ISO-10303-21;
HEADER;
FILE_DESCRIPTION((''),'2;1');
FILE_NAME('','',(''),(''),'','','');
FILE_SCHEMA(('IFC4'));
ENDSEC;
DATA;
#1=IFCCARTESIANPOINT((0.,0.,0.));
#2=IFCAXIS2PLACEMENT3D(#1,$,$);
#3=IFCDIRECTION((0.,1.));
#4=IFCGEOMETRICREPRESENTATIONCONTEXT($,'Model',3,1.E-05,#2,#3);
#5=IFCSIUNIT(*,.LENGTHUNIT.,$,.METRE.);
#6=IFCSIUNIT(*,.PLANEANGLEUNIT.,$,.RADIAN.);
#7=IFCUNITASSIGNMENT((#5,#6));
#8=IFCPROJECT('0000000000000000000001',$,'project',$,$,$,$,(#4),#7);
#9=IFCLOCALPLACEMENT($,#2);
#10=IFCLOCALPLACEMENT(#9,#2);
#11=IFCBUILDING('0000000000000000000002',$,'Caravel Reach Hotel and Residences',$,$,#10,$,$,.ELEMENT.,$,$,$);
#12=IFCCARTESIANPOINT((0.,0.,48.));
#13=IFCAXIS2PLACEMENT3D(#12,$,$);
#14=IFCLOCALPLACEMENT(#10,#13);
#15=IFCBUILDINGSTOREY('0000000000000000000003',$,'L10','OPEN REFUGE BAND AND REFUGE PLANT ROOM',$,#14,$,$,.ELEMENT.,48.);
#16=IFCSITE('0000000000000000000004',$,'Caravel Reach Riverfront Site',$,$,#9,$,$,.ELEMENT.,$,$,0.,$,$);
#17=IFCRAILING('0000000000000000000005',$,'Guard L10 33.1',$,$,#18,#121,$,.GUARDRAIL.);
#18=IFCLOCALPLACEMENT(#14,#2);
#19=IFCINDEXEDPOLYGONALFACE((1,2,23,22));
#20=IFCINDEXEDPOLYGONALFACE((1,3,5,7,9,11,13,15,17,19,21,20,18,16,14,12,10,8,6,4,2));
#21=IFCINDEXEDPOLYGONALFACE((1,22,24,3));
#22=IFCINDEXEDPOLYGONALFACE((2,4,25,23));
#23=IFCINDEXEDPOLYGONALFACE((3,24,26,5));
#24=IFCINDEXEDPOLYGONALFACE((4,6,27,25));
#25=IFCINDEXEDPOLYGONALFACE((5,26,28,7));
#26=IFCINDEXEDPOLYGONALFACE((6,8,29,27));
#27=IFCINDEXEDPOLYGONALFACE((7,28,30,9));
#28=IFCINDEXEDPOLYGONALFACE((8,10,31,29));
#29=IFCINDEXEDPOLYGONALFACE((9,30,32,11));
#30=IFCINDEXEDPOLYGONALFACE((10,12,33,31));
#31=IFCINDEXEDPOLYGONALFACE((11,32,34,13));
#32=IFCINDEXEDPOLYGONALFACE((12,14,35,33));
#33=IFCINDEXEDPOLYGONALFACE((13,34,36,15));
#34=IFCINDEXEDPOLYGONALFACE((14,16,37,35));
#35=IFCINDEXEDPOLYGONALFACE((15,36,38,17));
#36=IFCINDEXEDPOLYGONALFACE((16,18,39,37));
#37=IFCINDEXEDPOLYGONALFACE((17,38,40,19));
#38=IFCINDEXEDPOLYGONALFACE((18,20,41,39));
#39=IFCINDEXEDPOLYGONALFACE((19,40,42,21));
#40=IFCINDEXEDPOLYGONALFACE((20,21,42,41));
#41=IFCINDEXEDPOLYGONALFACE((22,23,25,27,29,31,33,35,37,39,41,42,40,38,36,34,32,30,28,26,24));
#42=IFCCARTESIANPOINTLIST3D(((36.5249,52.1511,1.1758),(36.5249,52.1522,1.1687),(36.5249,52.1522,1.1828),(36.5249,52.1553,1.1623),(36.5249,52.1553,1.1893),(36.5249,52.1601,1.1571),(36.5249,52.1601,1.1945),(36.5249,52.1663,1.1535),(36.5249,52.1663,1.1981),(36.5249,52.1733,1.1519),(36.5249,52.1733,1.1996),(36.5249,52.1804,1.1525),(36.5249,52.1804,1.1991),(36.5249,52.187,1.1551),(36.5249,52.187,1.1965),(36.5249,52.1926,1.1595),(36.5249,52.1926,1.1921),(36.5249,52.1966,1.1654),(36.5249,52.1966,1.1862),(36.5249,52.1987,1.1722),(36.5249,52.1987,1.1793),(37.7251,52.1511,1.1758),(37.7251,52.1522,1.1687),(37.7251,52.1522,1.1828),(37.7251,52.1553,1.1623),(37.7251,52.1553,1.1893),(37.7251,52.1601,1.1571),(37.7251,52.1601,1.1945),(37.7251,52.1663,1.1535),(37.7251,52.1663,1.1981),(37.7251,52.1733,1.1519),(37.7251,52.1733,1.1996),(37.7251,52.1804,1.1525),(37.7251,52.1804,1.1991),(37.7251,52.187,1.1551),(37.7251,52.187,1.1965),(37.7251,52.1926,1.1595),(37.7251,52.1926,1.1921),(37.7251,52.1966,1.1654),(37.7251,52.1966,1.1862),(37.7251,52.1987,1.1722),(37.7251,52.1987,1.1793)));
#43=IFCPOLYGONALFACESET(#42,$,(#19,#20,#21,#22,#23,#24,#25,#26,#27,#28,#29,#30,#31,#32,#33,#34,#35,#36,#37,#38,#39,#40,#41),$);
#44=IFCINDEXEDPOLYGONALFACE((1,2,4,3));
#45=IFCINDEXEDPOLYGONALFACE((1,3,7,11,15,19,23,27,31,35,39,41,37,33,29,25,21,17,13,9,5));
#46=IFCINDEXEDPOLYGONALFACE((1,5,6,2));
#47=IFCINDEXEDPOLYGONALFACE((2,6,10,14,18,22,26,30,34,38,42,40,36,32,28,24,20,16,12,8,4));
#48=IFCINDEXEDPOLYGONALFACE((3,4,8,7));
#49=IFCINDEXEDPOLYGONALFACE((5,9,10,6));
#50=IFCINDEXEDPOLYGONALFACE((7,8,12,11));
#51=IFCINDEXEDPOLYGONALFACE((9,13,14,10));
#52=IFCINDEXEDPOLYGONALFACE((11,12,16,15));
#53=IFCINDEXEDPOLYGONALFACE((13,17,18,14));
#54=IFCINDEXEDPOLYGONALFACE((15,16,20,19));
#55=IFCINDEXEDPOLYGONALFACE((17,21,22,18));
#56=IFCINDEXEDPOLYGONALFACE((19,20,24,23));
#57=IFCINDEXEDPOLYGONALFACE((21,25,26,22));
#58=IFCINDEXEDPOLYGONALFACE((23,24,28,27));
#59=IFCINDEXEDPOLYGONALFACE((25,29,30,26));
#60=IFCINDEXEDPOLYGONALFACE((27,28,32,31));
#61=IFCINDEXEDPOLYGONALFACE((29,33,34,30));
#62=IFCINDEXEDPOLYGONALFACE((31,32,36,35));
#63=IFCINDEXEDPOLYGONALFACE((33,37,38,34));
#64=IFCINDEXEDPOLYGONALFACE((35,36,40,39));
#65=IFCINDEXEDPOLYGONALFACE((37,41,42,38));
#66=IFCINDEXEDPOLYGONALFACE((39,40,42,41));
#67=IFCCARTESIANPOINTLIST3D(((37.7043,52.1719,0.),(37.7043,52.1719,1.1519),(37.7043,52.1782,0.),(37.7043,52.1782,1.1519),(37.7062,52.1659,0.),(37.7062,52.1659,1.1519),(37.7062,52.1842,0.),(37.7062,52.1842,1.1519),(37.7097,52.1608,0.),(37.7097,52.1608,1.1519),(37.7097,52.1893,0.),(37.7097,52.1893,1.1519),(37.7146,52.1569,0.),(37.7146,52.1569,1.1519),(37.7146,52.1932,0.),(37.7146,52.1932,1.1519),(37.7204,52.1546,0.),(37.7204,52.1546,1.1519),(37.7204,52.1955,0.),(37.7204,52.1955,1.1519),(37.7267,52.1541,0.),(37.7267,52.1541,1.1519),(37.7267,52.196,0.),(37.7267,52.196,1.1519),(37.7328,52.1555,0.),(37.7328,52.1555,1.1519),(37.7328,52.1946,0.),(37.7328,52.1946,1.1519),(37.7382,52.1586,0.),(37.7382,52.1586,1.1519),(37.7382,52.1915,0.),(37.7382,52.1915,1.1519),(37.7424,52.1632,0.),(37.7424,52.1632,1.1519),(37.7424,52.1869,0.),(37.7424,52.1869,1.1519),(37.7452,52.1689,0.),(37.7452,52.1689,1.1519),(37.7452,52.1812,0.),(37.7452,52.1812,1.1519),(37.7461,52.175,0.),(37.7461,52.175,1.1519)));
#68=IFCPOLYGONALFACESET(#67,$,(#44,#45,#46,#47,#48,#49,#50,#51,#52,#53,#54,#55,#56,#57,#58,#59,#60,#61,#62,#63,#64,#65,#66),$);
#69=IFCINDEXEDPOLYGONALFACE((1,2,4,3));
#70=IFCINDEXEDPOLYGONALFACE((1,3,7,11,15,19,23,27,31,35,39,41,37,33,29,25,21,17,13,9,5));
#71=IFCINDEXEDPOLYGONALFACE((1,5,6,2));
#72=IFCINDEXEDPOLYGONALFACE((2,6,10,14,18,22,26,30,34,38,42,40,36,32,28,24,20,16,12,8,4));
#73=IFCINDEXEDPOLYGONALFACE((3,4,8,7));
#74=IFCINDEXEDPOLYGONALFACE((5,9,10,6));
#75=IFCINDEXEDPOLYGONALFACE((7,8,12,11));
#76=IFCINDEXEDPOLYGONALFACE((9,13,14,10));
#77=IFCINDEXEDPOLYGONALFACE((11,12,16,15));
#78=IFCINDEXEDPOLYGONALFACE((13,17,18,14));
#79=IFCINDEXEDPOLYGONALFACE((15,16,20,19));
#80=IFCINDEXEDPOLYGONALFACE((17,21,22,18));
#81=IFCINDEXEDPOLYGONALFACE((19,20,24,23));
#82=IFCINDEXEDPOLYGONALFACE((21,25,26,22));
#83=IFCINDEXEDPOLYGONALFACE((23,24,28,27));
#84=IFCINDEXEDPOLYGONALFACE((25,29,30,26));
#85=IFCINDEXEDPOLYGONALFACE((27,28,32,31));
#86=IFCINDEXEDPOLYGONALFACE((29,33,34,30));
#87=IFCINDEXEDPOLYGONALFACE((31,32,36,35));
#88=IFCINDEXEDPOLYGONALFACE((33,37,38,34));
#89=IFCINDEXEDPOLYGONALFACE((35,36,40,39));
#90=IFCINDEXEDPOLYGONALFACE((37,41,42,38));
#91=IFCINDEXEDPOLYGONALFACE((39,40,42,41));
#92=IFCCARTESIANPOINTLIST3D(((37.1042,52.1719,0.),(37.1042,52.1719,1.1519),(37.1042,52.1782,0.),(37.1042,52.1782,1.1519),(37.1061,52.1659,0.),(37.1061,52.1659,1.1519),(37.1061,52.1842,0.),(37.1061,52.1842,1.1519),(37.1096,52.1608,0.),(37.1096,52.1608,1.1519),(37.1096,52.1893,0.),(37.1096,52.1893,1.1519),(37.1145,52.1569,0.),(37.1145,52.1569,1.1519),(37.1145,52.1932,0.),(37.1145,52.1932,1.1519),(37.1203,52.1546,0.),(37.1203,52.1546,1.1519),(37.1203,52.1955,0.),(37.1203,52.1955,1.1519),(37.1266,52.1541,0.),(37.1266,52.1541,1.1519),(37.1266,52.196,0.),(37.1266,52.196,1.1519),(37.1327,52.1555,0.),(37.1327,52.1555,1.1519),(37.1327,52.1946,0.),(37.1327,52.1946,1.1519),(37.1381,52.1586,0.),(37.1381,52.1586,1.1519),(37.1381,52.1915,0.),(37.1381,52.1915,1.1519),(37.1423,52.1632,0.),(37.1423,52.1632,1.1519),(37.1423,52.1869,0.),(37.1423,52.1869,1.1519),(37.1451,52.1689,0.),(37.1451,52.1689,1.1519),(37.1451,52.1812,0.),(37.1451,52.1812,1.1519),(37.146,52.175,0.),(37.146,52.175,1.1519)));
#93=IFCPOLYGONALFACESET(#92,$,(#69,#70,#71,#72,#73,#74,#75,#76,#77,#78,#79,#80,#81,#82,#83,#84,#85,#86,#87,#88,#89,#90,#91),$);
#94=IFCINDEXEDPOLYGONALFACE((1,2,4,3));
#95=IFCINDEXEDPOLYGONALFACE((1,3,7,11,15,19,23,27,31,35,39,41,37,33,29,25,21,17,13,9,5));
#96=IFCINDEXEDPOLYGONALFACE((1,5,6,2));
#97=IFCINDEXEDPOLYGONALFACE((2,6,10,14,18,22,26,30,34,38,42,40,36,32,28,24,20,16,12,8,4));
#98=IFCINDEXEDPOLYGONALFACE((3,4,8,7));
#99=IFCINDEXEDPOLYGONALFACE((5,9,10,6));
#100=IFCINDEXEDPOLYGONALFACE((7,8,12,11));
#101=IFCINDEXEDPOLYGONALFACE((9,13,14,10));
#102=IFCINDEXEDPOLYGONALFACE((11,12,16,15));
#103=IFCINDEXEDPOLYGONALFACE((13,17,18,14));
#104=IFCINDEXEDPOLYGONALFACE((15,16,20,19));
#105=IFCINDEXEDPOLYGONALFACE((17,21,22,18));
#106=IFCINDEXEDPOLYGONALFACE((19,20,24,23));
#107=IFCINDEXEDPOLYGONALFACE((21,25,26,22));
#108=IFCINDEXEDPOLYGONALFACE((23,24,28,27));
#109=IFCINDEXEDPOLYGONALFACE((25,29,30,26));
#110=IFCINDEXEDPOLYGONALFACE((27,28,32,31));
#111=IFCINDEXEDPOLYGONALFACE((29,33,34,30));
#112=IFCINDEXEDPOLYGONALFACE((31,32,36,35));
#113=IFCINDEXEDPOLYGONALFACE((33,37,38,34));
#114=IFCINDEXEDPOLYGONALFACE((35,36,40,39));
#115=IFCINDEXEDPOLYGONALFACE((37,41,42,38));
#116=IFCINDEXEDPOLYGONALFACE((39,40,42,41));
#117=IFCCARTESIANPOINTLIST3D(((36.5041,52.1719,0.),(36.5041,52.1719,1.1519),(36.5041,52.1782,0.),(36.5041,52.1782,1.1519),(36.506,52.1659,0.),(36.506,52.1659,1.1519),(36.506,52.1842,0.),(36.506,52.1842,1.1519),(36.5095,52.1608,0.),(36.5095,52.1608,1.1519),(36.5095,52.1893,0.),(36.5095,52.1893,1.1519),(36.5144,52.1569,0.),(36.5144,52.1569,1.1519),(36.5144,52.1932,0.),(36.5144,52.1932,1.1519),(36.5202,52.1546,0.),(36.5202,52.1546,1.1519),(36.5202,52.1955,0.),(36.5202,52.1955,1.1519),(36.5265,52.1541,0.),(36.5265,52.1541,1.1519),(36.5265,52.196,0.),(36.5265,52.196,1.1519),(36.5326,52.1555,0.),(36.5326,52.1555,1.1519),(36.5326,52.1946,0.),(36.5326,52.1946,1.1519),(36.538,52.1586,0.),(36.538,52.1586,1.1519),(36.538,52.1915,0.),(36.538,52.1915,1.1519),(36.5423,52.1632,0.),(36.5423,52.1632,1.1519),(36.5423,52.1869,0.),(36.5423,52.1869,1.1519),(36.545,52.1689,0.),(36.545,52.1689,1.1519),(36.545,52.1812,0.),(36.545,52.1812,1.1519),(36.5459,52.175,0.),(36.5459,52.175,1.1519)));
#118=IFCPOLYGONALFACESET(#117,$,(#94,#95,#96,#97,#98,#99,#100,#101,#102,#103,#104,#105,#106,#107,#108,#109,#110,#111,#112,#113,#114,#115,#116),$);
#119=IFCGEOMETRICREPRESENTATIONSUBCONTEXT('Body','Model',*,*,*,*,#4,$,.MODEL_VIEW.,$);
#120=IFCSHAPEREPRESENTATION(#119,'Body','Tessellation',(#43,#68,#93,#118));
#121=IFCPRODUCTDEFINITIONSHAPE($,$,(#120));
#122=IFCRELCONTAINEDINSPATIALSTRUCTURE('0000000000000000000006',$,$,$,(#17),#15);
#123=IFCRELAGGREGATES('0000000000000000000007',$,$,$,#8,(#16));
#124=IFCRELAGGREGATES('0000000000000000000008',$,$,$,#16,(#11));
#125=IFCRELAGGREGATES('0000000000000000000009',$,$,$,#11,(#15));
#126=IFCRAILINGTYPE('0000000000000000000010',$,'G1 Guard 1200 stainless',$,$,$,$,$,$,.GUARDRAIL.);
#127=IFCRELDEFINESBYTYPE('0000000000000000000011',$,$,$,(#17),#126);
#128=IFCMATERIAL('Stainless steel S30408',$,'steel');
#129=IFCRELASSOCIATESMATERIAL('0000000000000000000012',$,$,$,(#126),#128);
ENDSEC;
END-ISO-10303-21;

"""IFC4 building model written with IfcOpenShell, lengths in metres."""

from ifc_helpers import new_model, si_unit, direction, frame, origin, origin_2d, place, context, subcontext, project, spatial, circle, extrude, material, type_object, element, save


model = new_model("IFC4")

# Units and contexts
model_context = context("Model", 3, precision=1e-05, world=origin(), true_north=direction((0.0, 1.0)))
body_context = subcontext(model_context, "Body", "Model", "MODEL_VIEW")
ifc_project = project(units=[si_unit("LENGTHUNIT", "METRE"), si_unit("PLANEANGLEUNIT", "RADIAN")], contexts=[model_context])

# Site, building, storey
site_placement = place(None, origin())
site = spatial("IfcSite", under=ifc_project, at=site_placement, Name="Caravel Reach Riverfront Site", CompositionType="ELEMENT", RefElevation=0.0)
building_placement = place(site_placement, origin())
building = spatial("IfcBuilding", under=site, at=building_placement, Name="Caravel Reach Hotel and Residences", CompositionType="ELEMENT")
storey_placement = place(building_placement, frame((0.0, 0.0, 48.0)))
storey = spatial("IfcBuildingStorey", under=building, at=storey_placement, Name="L10", Description="OPEN REFUGE BAND AND REFUGE PLANT ROOM", CompositionType="ELEMENT", Elevation=48.0)

# Railing
ifc_material_1 = material(Name="Stainless steel S30408", Category="steel")
railing_type = type_object("IfcRailingType", Name="G1 Guard 1200 stainless", PredefinedType="GUARDRAIL", material=ifc_material_1)
railing_1_placement = place(storey_placement, frame((37.7251, 52.175, 0.0)))
element("IfcRailing", 1, at=railing_1_placement, inside=storey, type_object=railing_type, Name="Guard L10 33.1", PredefinedType="GUARDRAIL", context=body_context, shape_type="SweptSolid", body=[
    extrude(circle(Radius=0.0239, at=origin_2d()), frame((0.0, 0.0, 1.1758), z_axis=(-1.0, 0.0, 0.0), x_axis=(0.0, -1.0, 0.0)), (0.0, 0.0, 1.0), 1.2002),
    extrude(circle(Radius=0.021, at=origin_2d()), origin(), (0.0, 0.0, 1.0), 1.1519),
    extrude(circle(Radius=0.021, at=origin_2d()), frame((-0.6001, 0.0, 0.0)), (0.0, 0.0, 1.0), 1.1519),
    extrude(circle(Radius=0.021, at=origin_2d()), frame((-1.2002, 0.0, 0.0)), (0.0, 0.0, 1.0), 1.1519),
])

save(model, "model.ifc")
